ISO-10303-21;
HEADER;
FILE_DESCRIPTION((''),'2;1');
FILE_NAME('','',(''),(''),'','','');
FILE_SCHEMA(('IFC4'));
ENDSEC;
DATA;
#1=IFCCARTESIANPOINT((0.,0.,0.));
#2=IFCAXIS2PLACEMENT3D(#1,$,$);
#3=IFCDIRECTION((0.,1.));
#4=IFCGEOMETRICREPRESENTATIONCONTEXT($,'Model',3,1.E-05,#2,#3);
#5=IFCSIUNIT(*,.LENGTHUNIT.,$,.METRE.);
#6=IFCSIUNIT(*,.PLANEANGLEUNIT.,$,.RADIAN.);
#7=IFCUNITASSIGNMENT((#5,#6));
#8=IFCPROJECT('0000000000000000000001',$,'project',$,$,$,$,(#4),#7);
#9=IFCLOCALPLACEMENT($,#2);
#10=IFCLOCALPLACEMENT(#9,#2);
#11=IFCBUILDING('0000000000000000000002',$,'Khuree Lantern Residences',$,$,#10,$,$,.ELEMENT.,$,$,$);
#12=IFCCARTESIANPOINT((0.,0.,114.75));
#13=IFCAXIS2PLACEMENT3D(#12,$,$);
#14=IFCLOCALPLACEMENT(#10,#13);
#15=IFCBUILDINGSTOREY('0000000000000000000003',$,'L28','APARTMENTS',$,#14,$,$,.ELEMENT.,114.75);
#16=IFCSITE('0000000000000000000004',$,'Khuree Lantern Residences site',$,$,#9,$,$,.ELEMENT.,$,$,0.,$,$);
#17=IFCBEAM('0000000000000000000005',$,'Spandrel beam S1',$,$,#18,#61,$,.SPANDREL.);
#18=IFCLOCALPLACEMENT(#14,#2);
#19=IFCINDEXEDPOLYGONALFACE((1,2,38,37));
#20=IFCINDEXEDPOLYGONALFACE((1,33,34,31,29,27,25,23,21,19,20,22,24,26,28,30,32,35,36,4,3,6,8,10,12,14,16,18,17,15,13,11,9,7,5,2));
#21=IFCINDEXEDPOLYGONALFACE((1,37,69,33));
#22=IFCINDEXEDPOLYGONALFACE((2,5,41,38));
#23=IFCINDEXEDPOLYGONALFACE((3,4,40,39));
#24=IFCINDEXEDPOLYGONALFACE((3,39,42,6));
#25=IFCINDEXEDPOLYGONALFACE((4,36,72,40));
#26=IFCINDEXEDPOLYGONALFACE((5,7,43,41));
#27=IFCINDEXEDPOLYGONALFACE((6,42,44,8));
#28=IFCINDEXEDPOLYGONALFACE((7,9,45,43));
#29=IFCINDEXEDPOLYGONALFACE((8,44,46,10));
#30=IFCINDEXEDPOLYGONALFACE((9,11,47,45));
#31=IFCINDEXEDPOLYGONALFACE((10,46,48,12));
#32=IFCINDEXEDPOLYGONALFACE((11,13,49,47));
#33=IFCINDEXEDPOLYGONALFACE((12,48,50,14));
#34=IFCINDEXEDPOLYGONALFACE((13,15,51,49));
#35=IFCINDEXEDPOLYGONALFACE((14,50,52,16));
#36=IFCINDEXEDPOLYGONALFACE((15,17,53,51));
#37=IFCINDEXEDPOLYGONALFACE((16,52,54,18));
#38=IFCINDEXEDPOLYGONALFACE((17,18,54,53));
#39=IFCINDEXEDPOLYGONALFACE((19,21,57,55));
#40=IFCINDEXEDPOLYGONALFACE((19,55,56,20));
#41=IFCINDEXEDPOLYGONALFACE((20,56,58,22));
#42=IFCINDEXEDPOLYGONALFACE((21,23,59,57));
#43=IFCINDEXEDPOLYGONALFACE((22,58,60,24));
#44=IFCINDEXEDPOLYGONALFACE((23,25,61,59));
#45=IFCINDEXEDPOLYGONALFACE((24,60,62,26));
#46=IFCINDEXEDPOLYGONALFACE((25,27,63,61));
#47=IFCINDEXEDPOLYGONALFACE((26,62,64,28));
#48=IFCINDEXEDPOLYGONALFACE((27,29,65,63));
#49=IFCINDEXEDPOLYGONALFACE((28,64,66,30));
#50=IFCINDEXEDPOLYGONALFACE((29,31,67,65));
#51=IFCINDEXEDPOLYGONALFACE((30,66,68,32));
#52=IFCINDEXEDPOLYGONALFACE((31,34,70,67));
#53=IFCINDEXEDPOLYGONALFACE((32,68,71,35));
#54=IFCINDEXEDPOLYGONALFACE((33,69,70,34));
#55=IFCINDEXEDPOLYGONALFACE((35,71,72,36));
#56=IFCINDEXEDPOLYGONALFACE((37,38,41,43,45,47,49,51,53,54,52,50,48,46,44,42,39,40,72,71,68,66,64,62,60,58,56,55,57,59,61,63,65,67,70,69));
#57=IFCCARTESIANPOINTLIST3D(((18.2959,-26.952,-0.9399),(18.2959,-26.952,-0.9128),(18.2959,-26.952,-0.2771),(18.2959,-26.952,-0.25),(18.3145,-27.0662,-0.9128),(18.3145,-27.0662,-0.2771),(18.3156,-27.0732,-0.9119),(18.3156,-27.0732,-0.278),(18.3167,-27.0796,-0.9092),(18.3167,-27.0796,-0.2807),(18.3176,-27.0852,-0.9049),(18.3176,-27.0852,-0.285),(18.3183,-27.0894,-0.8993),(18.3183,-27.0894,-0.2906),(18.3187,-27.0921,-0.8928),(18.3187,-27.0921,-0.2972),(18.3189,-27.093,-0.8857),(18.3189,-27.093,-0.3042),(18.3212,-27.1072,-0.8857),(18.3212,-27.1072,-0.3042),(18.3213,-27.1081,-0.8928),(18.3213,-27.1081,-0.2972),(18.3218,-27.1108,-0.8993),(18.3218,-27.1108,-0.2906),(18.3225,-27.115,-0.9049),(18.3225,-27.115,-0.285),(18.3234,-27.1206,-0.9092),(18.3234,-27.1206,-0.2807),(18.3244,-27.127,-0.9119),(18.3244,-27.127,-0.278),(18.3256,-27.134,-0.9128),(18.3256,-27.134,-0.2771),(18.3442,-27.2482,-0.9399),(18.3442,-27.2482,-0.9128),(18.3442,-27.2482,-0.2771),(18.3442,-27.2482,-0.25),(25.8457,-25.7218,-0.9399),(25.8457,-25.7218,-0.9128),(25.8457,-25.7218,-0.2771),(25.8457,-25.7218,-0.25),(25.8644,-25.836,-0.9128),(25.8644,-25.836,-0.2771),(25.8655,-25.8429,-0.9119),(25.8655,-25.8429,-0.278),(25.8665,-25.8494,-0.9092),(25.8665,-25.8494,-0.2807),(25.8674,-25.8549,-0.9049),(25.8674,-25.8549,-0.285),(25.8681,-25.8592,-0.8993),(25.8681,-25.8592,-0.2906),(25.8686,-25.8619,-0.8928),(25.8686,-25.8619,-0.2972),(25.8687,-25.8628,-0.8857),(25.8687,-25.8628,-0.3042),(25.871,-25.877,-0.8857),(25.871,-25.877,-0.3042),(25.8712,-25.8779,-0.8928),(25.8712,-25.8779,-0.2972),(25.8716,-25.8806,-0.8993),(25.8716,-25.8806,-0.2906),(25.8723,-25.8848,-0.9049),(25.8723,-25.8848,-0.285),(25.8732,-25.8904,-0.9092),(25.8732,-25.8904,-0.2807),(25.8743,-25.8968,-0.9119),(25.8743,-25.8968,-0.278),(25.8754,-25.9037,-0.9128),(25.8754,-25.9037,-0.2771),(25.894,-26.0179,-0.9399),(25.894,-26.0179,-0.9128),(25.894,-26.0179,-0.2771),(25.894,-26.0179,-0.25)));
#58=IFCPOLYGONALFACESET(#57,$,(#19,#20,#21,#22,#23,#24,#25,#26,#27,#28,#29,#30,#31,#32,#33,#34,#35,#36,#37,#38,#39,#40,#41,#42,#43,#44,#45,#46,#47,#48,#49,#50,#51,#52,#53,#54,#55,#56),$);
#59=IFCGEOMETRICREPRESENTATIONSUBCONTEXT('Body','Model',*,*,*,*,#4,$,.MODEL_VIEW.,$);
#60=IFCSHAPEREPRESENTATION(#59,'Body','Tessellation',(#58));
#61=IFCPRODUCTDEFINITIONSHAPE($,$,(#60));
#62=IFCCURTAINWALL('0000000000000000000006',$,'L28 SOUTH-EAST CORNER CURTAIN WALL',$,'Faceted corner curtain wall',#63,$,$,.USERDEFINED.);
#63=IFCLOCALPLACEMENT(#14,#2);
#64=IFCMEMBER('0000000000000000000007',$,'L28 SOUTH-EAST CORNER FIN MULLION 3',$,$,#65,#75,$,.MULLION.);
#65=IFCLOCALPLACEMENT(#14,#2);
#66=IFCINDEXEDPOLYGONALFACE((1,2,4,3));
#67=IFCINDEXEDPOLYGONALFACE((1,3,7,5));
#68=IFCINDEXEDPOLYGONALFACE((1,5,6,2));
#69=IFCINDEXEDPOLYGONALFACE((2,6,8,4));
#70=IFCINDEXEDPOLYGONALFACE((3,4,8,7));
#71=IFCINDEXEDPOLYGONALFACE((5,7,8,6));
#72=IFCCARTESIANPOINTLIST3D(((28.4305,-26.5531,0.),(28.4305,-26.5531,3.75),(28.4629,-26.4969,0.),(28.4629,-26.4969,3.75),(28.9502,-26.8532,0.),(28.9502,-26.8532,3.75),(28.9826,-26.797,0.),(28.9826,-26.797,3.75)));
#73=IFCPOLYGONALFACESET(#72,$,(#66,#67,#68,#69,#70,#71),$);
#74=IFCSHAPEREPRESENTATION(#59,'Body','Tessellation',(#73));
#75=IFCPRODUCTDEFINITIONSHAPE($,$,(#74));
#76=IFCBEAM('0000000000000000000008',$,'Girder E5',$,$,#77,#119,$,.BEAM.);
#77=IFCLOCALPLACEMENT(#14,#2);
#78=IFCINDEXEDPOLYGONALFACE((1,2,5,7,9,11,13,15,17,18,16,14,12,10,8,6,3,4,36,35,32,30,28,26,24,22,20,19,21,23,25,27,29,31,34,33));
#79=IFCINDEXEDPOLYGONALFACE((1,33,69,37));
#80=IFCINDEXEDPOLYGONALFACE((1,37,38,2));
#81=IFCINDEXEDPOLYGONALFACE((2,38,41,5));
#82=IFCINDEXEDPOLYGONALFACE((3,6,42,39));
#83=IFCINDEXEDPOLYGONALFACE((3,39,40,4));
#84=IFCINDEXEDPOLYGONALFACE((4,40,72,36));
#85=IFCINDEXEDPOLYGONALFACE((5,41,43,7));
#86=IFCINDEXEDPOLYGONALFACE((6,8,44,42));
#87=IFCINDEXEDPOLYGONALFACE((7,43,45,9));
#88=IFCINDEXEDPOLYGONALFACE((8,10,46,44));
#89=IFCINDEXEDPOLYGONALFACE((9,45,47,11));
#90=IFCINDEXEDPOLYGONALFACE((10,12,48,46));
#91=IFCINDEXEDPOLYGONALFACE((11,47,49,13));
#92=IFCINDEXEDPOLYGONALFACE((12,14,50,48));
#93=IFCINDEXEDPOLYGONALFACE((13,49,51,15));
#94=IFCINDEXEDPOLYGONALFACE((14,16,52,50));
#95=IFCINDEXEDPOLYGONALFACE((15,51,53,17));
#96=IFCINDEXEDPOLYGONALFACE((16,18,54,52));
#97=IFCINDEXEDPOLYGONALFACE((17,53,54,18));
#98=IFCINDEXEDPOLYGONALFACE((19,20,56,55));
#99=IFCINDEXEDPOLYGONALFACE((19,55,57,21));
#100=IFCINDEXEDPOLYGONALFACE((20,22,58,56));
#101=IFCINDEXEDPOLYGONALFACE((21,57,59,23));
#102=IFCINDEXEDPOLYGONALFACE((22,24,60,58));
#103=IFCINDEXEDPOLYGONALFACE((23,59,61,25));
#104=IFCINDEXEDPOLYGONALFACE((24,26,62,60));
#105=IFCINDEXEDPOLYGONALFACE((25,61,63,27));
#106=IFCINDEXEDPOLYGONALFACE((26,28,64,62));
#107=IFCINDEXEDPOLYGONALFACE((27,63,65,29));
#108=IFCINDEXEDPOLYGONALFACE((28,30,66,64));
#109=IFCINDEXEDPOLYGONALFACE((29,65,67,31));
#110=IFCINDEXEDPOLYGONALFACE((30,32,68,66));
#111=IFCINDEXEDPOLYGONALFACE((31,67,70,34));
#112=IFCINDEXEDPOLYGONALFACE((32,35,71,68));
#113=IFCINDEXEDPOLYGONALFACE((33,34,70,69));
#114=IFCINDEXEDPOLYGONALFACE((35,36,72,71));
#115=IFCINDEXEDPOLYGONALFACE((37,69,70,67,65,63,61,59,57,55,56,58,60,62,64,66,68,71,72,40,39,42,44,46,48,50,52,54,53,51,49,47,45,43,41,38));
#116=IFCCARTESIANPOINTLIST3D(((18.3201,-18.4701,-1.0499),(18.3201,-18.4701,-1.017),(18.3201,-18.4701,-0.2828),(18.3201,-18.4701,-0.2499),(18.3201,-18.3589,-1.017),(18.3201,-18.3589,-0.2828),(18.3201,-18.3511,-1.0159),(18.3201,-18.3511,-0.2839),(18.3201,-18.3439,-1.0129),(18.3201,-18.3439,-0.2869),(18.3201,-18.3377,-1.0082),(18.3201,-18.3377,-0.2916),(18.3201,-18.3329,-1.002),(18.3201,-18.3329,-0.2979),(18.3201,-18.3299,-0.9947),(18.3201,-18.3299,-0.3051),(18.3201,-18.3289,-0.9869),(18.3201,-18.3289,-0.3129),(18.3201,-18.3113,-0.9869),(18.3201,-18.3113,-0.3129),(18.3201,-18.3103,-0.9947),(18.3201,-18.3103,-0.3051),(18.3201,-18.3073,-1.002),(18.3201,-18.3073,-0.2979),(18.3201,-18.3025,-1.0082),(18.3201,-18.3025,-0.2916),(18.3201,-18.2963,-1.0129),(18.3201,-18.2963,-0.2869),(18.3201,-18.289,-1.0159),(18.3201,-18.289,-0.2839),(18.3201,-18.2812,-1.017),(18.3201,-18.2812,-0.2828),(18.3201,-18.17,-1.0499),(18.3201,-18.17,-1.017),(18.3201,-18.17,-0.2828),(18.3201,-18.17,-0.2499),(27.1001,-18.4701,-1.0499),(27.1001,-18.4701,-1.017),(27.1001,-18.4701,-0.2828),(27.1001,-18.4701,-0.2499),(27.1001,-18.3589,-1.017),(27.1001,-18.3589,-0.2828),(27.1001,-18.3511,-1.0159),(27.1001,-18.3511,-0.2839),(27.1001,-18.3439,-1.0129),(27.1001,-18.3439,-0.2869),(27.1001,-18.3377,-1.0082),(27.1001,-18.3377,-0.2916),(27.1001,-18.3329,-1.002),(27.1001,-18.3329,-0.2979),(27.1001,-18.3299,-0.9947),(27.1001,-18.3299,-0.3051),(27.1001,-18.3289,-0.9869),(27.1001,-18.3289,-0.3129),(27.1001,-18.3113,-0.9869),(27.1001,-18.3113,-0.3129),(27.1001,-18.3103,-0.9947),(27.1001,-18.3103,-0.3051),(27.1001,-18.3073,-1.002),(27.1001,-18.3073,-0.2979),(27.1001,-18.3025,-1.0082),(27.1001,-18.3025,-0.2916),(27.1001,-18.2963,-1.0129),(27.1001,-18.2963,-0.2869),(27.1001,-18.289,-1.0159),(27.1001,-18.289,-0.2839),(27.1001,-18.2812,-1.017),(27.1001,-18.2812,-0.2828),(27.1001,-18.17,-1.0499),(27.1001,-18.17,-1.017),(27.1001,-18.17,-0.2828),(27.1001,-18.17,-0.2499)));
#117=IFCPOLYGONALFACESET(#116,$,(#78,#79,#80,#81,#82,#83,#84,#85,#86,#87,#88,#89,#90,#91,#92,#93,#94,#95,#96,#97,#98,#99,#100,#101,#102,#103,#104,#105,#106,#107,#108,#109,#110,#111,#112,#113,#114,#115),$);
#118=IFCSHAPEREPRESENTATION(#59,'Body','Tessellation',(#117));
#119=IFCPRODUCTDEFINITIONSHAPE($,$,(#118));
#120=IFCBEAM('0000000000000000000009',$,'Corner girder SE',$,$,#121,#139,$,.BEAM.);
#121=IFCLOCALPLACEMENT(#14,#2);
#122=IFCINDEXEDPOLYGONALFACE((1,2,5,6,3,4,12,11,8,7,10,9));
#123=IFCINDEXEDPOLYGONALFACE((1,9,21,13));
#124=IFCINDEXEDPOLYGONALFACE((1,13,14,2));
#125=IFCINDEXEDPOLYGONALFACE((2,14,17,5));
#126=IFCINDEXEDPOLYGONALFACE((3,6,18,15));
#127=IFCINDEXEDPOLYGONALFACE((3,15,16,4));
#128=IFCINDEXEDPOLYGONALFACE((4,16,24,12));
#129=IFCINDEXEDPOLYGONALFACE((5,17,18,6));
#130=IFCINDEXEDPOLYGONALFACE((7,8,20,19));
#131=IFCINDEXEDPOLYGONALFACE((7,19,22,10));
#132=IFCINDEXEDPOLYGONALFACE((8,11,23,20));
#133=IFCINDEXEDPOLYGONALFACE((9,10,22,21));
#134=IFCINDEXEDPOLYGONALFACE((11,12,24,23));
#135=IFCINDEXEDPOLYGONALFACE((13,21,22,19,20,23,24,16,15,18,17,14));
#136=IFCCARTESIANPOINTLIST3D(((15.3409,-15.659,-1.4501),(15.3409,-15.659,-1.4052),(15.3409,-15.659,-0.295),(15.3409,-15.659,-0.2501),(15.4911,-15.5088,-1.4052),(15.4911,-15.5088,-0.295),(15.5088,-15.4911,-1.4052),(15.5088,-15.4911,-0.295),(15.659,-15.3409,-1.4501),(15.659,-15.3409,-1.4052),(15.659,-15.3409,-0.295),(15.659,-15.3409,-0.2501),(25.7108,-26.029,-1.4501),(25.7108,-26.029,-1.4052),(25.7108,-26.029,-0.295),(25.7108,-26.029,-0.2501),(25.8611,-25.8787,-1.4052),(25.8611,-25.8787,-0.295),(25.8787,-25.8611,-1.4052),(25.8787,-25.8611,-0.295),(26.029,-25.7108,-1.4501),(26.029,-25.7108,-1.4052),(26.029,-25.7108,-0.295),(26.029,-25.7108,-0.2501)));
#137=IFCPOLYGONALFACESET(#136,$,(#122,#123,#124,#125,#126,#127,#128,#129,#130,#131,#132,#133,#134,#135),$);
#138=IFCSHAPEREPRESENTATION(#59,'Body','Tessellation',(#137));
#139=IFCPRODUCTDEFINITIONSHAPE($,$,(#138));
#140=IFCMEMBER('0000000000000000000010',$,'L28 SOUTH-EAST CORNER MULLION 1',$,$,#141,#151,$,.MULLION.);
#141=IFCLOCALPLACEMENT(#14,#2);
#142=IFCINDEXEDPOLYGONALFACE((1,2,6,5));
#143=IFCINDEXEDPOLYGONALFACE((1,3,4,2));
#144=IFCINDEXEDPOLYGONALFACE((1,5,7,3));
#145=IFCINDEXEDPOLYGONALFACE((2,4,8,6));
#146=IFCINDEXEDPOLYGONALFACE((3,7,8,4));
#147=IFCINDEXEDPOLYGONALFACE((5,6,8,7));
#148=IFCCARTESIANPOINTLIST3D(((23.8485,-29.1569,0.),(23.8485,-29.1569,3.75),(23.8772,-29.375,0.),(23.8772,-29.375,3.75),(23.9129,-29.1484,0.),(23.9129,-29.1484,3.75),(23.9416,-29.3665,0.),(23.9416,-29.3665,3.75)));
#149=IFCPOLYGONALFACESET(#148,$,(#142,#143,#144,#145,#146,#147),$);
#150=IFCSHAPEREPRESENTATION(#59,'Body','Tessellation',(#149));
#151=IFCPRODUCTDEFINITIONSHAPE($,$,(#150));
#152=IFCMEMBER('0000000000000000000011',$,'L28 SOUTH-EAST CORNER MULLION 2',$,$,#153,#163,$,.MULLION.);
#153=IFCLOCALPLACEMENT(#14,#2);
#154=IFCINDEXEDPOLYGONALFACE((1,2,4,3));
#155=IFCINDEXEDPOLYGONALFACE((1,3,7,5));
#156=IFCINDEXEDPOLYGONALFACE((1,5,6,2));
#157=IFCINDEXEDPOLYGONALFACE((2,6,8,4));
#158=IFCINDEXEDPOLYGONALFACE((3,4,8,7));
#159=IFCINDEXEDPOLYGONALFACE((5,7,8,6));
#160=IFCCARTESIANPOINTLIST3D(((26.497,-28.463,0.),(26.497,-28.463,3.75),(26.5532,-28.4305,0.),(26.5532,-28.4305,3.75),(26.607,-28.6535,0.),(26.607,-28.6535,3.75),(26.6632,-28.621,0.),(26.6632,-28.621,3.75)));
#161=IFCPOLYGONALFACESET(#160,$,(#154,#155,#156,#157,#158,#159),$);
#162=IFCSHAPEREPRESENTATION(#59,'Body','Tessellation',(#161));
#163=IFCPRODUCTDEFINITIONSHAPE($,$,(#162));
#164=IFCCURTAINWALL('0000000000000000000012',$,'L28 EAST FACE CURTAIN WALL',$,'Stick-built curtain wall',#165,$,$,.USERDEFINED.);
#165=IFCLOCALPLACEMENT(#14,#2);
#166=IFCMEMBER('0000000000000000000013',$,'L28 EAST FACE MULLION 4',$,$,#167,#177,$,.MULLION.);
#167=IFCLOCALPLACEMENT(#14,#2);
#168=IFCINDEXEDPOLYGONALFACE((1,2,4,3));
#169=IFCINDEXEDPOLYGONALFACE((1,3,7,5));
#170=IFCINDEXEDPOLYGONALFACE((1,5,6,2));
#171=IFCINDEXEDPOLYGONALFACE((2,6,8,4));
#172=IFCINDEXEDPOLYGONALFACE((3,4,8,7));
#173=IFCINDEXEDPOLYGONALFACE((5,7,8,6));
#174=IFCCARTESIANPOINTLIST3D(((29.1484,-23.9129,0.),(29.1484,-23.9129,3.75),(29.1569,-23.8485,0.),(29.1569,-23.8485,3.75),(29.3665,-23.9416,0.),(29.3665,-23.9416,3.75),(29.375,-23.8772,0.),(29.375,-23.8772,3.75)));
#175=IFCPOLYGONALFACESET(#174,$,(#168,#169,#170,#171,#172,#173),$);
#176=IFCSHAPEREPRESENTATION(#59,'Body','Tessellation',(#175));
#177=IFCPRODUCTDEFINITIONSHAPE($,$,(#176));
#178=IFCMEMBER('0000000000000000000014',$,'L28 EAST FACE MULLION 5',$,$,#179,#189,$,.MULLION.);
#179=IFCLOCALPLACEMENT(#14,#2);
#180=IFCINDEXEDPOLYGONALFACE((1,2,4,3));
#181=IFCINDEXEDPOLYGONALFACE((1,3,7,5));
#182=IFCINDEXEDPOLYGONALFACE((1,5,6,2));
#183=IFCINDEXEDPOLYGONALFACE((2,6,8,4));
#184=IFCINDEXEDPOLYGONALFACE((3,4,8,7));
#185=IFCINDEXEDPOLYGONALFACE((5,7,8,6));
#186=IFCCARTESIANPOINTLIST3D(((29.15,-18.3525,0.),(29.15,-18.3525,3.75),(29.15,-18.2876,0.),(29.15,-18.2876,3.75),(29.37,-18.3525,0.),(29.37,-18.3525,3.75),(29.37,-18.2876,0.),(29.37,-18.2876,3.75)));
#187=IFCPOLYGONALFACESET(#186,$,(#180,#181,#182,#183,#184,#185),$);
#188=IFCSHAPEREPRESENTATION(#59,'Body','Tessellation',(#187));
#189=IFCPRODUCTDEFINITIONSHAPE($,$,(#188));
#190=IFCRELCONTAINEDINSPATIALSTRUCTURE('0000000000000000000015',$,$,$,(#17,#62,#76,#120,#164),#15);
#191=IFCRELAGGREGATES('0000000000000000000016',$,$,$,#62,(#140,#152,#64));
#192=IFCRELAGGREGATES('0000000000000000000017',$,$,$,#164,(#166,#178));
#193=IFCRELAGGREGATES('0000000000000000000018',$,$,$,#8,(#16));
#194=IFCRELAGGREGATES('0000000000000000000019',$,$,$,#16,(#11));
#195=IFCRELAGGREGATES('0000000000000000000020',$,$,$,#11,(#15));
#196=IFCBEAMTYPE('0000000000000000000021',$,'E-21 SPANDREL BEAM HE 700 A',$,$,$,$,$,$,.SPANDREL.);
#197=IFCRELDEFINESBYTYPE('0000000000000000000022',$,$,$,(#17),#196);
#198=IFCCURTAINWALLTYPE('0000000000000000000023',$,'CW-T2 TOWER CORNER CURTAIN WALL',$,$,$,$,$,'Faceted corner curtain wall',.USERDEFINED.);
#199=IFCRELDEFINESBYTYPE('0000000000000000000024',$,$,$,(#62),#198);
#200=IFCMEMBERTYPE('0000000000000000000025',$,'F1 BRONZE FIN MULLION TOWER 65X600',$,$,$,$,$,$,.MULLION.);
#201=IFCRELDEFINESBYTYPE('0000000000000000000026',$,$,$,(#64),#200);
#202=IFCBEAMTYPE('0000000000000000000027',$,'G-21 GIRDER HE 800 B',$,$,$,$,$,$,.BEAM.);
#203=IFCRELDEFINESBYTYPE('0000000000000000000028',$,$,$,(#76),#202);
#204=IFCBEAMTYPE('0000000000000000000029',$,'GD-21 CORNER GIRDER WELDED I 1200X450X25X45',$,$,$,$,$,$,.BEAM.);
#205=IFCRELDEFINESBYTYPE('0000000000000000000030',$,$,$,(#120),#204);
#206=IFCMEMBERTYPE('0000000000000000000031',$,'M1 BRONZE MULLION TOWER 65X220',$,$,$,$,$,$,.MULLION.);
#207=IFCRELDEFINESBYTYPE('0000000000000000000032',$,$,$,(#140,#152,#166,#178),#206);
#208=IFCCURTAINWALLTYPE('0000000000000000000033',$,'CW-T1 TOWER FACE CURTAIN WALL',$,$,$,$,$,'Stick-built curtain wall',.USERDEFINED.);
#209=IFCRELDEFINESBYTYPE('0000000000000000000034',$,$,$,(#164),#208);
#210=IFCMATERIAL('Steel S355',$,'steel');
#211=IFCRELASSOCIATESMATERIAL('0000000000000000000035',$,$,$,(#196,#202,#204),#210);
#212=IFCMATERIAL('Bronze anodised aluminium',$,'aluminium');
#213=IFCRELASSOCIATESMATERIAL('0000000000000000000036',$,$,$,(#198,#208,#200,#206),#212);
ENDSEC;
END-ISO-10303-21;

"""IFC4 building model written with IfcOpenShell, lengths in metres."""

from ifc_helpers import new_model, si_unit, direction, frame, origin, origin_2d, place, context, subcontext, project, spatial, rectangle, i_section, extrude, material, material_profile, profile_set, type_object, element, aggregate, save


model = new_model("IFC4")

# Units and contexts
model_context = context("Model", 3, precision=1e-05, world=origin(), true_north=direction((0.0, 1.0)))
body_context = subcontext(model_context, "Body", "Model", "MODEL_VIEW")
ifc_project = project(units=[si_unit("LENGTHUNIT", "METRE"), si_unit("PLANEANGLEUNIT", "RADIAN")], contexts=[model_context])

# Site, building, storey
site_placement = place(None, origin())
site = spatial("IfcSite", under=ifc_project, at=site_placement, Name="Khuree Lantern Residences site", CompositionType="ELEMENT", RefElevation=0.0)
building_placement = place(site_placement, origin())
building = spatial("IfcBuilding", under=site, at=building_placement, Name="Khuree Lantern Residences", CompositionType="ELEMENT")
storey_placement = place(building_placement, frame((0.0, 0.0, 114.75)))
storey = spatial("IfcBuildingStorey", under=building, at=storey_placement, Name="L28", Description="APARTMENTS", CompositionType="ELEMENT", Elevation=114.75)

# Beam
ifc_material_1 = material(Name="Steel S355", Category="steel")
ifc_material_profile_1 = material_profile(ifc_material_1, i_section(OverallWidth=0.3, OverallDepth=0.6899, WebThickness=0.0144, FlangeThickness=0.0271, FilletRadius=0.0271, at=origin_2d()), Name="HE 700 A")
ifc_profile_set_1 = profile_set([ifc_material_profile_1], Name="Steel S355")
beam_type_1 = type_object("IfcBeamType", Name="E-21 SPANDREL BEAM HE 700 A", PredefinedType="SPANDREL", material=ifc_profile_set_1)
for number, where, z_axis, x_axis, name in (
    (1, (25.8699, -25.8699, -0.595), (-0.986983, -0.160827, 0.0), (0.160827, -0.986983, 0.0), "Spandrel beam S1"),
):
    element("IfcBeam", number, at=place(storey_placement, frame(where, z_axis=z_axis, x_axis=x_axis)), inside=storey, type_object=beam_type_1, Name=name, PredefinedType="SPANDREL", context=body_context, shape_type="SweptSolid", body=[
        extrude(i_section(OverallWidth=0.3, OverallDepth=0.6899, WebThickness=0.0144, FlangeThickness=0.0271, FilletRadius=0.0271, at=origin_2d()), origin(), (0.0, 0.0, 1.0), 7.6494),
    ])

# Curtain wall, member
ifc_material_2 = material(Name="Bronze anodised aluminium", Category="aluminium")
curtain_wall_type_1 = type_object("IfcCurtainWallType", Name="CW-T2 TOWER CORNER CURTAIN WALL", ElementType="Faceted corner curtain wall", PredefinedType="USERDEFINED", material=ifc_material_2)
curtain_wall_1_placement = place(storey_placement, origin())
curtain_wall_1 = element("IfcCurtainWall", 2, at=curtain_wall_1_placement, inside=storey, type_object=curtain_wall_type_1, Name="L28 SOUTH-EAST CORNER CURTAIN WALL", ObjectType="Faceted corner curtain wall", PredefinedType="USERDEFINED")
ifc_material_profile_2 = material_profile(ifc_material_2, rectangle(XDim=0.0649, YDim=0.6001, at=origin_2d()), Name="F1 65X600")
ifc_profile_set_2 = profile_set([ifc_material_profile_2], Name="Bronze anodised aluminium")
member_type_1 = type_object("IfcMemberType", Name="F1 BRONZE FIN MULLION TOWER 65X600", PredefinedType="MULLION", material=ifc_profile_set_2)
member_1_placement = place(storey_placement, frame((28.7065, -26.675, 0.0), z_axis=(0.0, 0.0, 1.0), x_axis=(0.5, 0.866025, 0.0)))
member_1 = element("IfcMember", 3, at=member_1_placement, type_object=member_type_1, Name="L28 SOUTH-EAST CORNER FIN MULLION 3", PredefinedType="MULLION", context=body_context, shape_type="SweptSolid", body=[
    extrude(rectangle(XDim=0.0649, YDim=0.6001, at=origin_2d()), origin(), (0.0, 0.0, 1.0), 3.75),
])

# Beams
ifc_material_profile_3 = material_profile(ifc_material_1, i_section(OverallWidth=0.3, OverallDepth=0.8, WebThickness=0.0176, FlangeThickness=0.033, FilletRadius=0.03, at=origin_2d()), Name="HE 800 B")
ifc_profile_set_3 = profile_set([ifc_material_profile_3], Name="Steel S355")
beam_type_2 = type_object("IfcBeamType", Name="G-21 GIRDER HE 800 B", PredefinedType="BEAM", material=ifc_profile_set_3)
beam_1_placement = place(storey_placement, frame((27.1001, -18.3201, -0.6499), z_axis=(-1.0, 0.0, 0.0), x_axis=(0.0, -1.0, 0.0)))
element("IfcBeam", 4, at=beam_1_placement, inside=storey, type_object=beam_type_2, Name="Girder E5", PredefinedType="BEAM", context=body_context, shape_type="SweptSolid", body=[
    extrude(i_section(OverallWidth=0.3, OverallDepth=0.8, WebThickness=0.0176, FlangeThickness=0.033, FilletRadius=0.03, at=origin_2d()), origin(), (0.0, 0.0, 1.0), 8.78),
])
ifc_material_profile_4 = material_profile(ifc_material_1, i_section(OverallWidth=0.45, OverallDepth=1.2, WebThickness=0.0249, FlangeThickness=0.0449, at=origin_2d()), Name="WELDED I 1200X450X25X45")
ifc_profile_set_4 = profile_set([ifc_material_profile_4], Name="Steel S355")
beam_type_3 = type_object("IfcBeamType", Name="GD-21 CORNER GIRDER WELDED I 1200X450X25X45", PredefinedType="BEAM", material=ifc_profile_set_4)
beam_2_placement = place(storey_placement, frame((25.8699, -25.8699, -0.8501), z_axis=(-0.707107, 0.707107, 0.0), x_axis=(-0.707107, -0.707107, 0.0)))
element("IfcBeam", 5, at=beam_2_placement, inside=storey, type_object=beam_type_3, Name="Corner girder SE", PredefinedType="BEAM", context=body_context, shape_type="SweptSolid", body=[
    extrude(i_section(OverallWidth=0.45, OverallDepth=1.2, WebThickness=0.0249, FlangeThickness=0.0449, at=origin_2d()), origin(), (0.0, 0.0, 1.0), 14.6653),
])

# Members
ifc_material_profile_5 = material_profile(ifc_material_2, rectangle(XDim=0.0649, YDim=0.22, at=origin_2d()), Name="M1 65X220")
ifc_profile_set_5 = profile_set([ifc_material_profile_5], Name="Bronze anodised aluminium")
member_type_2 = type_object("IfcMemberType", Name="M1 BRONZE MULLION TOWER 65X220", PredefinedType="MULLION", material=ifc_profile_set_5)
member_2_placement = place(storey_placement, frame((23.895, -29.2617, 0.0), z_axis=(0.0, 0.0, 1.0), x_axis=(0.991445, 0.130526, 0.0)))
member_2 = element("IfcMember", 6, at=member_2_placement, type_object=member_type_2, Name="L28 SOUTH-EAST CORNER MULLION 1", PredefinedType="MULLION", context=body_context, shape_type="SweptSolid", body=[
    extrude(rectangle(XDim=0.0649, YDim=0.22, at=origin_2d()), origin(), (0.0, 0.0, 1.0), 3.75),
])
member_3_placement = place(storey_placement, frame((26.5801, -28.542, 0.0), z_axis=(0.0, 0.0, 1.0), x_axis=(0.866025, 0.5, 0.0)))
member_3 = element("IfcMember", 7, at=member_3_placement, type_object=member_type_2, Name="L28 SOUTH-EAST CORNER MULLION 2", PredefinedType="MULLION", context=body_context, shape_type="SweptSolid", body=[
    extrude(rectangle(XDim=0.0649, YDim=0.22, at=origin_2d()), origin(), (0.0, 0.0, 1.0), 3.75),
])

# Curtain wall, members
curtain_wall_type_2 = type_object("IfcCurtainWallType", Name="CW-T1 TOWER FACE CURTAIN WALL", ElementType="Stick-built curtain wall", PredefinedType="USERDEFINED", material=ifc_material_2)
curtain_wall_2_placement = place(storey_placement, origin())
curtain_wall_2 = element("IfcCurtainWall", 8, at=curtain_wall_2_placement, inside=storey, type_object=curtain_wall_type_2, Name="L28 EAST FACE CURTAIN WALL", ObjectType="Stick-built curtain wall", PredefinedType="USERDEFINED")
member_4_placement = place(storey_placement, frame((29.2617, -23.895, 0.0), z_axis=(0.0, 0.0, 1.0), x_axis=(0.130526, 0.991445, 0.0)))
member_4 = element("IfcMember", 9, at=member_4_placement, type_object=member_type_2, Name="L28 EAST FACE MULLION 4", PredefinedType="MULLION", context=body_context, shape_type="SweptSolid", body=[
    extrude(rectangle(XDim=0.0649, YDim=0.22, at=origin_2d()), origin(), (0.0, 0.0, 1.0), 3.75),
])
member_5_placement = place(storey_placement, frame((29.26, -18.3201, 0.0), z_axis=(0.0, 0.0, 1.0), x_axis=(0.0, 1.0, 0.0)))
member_5 = element("IfcMember", 10, at=member_5_placement, type_object=member_type_2, Name="L28 EAST FACE MULLION 5", PredefinedType="MULLION", context=body_context, shape_type="SweptSolid", body=[
    extrude(rectangle(XDim=0.0649, YDim=0.22, at=origin_2d()), origin(), (0.0, 0.0, 1.0), 3.75),
])

aggregate(curtain_wall_1, [member_2, member_3, member_1])

aggregate(curtain_wall_2, [member_4, member_5])

save(model, "model.ifc")
